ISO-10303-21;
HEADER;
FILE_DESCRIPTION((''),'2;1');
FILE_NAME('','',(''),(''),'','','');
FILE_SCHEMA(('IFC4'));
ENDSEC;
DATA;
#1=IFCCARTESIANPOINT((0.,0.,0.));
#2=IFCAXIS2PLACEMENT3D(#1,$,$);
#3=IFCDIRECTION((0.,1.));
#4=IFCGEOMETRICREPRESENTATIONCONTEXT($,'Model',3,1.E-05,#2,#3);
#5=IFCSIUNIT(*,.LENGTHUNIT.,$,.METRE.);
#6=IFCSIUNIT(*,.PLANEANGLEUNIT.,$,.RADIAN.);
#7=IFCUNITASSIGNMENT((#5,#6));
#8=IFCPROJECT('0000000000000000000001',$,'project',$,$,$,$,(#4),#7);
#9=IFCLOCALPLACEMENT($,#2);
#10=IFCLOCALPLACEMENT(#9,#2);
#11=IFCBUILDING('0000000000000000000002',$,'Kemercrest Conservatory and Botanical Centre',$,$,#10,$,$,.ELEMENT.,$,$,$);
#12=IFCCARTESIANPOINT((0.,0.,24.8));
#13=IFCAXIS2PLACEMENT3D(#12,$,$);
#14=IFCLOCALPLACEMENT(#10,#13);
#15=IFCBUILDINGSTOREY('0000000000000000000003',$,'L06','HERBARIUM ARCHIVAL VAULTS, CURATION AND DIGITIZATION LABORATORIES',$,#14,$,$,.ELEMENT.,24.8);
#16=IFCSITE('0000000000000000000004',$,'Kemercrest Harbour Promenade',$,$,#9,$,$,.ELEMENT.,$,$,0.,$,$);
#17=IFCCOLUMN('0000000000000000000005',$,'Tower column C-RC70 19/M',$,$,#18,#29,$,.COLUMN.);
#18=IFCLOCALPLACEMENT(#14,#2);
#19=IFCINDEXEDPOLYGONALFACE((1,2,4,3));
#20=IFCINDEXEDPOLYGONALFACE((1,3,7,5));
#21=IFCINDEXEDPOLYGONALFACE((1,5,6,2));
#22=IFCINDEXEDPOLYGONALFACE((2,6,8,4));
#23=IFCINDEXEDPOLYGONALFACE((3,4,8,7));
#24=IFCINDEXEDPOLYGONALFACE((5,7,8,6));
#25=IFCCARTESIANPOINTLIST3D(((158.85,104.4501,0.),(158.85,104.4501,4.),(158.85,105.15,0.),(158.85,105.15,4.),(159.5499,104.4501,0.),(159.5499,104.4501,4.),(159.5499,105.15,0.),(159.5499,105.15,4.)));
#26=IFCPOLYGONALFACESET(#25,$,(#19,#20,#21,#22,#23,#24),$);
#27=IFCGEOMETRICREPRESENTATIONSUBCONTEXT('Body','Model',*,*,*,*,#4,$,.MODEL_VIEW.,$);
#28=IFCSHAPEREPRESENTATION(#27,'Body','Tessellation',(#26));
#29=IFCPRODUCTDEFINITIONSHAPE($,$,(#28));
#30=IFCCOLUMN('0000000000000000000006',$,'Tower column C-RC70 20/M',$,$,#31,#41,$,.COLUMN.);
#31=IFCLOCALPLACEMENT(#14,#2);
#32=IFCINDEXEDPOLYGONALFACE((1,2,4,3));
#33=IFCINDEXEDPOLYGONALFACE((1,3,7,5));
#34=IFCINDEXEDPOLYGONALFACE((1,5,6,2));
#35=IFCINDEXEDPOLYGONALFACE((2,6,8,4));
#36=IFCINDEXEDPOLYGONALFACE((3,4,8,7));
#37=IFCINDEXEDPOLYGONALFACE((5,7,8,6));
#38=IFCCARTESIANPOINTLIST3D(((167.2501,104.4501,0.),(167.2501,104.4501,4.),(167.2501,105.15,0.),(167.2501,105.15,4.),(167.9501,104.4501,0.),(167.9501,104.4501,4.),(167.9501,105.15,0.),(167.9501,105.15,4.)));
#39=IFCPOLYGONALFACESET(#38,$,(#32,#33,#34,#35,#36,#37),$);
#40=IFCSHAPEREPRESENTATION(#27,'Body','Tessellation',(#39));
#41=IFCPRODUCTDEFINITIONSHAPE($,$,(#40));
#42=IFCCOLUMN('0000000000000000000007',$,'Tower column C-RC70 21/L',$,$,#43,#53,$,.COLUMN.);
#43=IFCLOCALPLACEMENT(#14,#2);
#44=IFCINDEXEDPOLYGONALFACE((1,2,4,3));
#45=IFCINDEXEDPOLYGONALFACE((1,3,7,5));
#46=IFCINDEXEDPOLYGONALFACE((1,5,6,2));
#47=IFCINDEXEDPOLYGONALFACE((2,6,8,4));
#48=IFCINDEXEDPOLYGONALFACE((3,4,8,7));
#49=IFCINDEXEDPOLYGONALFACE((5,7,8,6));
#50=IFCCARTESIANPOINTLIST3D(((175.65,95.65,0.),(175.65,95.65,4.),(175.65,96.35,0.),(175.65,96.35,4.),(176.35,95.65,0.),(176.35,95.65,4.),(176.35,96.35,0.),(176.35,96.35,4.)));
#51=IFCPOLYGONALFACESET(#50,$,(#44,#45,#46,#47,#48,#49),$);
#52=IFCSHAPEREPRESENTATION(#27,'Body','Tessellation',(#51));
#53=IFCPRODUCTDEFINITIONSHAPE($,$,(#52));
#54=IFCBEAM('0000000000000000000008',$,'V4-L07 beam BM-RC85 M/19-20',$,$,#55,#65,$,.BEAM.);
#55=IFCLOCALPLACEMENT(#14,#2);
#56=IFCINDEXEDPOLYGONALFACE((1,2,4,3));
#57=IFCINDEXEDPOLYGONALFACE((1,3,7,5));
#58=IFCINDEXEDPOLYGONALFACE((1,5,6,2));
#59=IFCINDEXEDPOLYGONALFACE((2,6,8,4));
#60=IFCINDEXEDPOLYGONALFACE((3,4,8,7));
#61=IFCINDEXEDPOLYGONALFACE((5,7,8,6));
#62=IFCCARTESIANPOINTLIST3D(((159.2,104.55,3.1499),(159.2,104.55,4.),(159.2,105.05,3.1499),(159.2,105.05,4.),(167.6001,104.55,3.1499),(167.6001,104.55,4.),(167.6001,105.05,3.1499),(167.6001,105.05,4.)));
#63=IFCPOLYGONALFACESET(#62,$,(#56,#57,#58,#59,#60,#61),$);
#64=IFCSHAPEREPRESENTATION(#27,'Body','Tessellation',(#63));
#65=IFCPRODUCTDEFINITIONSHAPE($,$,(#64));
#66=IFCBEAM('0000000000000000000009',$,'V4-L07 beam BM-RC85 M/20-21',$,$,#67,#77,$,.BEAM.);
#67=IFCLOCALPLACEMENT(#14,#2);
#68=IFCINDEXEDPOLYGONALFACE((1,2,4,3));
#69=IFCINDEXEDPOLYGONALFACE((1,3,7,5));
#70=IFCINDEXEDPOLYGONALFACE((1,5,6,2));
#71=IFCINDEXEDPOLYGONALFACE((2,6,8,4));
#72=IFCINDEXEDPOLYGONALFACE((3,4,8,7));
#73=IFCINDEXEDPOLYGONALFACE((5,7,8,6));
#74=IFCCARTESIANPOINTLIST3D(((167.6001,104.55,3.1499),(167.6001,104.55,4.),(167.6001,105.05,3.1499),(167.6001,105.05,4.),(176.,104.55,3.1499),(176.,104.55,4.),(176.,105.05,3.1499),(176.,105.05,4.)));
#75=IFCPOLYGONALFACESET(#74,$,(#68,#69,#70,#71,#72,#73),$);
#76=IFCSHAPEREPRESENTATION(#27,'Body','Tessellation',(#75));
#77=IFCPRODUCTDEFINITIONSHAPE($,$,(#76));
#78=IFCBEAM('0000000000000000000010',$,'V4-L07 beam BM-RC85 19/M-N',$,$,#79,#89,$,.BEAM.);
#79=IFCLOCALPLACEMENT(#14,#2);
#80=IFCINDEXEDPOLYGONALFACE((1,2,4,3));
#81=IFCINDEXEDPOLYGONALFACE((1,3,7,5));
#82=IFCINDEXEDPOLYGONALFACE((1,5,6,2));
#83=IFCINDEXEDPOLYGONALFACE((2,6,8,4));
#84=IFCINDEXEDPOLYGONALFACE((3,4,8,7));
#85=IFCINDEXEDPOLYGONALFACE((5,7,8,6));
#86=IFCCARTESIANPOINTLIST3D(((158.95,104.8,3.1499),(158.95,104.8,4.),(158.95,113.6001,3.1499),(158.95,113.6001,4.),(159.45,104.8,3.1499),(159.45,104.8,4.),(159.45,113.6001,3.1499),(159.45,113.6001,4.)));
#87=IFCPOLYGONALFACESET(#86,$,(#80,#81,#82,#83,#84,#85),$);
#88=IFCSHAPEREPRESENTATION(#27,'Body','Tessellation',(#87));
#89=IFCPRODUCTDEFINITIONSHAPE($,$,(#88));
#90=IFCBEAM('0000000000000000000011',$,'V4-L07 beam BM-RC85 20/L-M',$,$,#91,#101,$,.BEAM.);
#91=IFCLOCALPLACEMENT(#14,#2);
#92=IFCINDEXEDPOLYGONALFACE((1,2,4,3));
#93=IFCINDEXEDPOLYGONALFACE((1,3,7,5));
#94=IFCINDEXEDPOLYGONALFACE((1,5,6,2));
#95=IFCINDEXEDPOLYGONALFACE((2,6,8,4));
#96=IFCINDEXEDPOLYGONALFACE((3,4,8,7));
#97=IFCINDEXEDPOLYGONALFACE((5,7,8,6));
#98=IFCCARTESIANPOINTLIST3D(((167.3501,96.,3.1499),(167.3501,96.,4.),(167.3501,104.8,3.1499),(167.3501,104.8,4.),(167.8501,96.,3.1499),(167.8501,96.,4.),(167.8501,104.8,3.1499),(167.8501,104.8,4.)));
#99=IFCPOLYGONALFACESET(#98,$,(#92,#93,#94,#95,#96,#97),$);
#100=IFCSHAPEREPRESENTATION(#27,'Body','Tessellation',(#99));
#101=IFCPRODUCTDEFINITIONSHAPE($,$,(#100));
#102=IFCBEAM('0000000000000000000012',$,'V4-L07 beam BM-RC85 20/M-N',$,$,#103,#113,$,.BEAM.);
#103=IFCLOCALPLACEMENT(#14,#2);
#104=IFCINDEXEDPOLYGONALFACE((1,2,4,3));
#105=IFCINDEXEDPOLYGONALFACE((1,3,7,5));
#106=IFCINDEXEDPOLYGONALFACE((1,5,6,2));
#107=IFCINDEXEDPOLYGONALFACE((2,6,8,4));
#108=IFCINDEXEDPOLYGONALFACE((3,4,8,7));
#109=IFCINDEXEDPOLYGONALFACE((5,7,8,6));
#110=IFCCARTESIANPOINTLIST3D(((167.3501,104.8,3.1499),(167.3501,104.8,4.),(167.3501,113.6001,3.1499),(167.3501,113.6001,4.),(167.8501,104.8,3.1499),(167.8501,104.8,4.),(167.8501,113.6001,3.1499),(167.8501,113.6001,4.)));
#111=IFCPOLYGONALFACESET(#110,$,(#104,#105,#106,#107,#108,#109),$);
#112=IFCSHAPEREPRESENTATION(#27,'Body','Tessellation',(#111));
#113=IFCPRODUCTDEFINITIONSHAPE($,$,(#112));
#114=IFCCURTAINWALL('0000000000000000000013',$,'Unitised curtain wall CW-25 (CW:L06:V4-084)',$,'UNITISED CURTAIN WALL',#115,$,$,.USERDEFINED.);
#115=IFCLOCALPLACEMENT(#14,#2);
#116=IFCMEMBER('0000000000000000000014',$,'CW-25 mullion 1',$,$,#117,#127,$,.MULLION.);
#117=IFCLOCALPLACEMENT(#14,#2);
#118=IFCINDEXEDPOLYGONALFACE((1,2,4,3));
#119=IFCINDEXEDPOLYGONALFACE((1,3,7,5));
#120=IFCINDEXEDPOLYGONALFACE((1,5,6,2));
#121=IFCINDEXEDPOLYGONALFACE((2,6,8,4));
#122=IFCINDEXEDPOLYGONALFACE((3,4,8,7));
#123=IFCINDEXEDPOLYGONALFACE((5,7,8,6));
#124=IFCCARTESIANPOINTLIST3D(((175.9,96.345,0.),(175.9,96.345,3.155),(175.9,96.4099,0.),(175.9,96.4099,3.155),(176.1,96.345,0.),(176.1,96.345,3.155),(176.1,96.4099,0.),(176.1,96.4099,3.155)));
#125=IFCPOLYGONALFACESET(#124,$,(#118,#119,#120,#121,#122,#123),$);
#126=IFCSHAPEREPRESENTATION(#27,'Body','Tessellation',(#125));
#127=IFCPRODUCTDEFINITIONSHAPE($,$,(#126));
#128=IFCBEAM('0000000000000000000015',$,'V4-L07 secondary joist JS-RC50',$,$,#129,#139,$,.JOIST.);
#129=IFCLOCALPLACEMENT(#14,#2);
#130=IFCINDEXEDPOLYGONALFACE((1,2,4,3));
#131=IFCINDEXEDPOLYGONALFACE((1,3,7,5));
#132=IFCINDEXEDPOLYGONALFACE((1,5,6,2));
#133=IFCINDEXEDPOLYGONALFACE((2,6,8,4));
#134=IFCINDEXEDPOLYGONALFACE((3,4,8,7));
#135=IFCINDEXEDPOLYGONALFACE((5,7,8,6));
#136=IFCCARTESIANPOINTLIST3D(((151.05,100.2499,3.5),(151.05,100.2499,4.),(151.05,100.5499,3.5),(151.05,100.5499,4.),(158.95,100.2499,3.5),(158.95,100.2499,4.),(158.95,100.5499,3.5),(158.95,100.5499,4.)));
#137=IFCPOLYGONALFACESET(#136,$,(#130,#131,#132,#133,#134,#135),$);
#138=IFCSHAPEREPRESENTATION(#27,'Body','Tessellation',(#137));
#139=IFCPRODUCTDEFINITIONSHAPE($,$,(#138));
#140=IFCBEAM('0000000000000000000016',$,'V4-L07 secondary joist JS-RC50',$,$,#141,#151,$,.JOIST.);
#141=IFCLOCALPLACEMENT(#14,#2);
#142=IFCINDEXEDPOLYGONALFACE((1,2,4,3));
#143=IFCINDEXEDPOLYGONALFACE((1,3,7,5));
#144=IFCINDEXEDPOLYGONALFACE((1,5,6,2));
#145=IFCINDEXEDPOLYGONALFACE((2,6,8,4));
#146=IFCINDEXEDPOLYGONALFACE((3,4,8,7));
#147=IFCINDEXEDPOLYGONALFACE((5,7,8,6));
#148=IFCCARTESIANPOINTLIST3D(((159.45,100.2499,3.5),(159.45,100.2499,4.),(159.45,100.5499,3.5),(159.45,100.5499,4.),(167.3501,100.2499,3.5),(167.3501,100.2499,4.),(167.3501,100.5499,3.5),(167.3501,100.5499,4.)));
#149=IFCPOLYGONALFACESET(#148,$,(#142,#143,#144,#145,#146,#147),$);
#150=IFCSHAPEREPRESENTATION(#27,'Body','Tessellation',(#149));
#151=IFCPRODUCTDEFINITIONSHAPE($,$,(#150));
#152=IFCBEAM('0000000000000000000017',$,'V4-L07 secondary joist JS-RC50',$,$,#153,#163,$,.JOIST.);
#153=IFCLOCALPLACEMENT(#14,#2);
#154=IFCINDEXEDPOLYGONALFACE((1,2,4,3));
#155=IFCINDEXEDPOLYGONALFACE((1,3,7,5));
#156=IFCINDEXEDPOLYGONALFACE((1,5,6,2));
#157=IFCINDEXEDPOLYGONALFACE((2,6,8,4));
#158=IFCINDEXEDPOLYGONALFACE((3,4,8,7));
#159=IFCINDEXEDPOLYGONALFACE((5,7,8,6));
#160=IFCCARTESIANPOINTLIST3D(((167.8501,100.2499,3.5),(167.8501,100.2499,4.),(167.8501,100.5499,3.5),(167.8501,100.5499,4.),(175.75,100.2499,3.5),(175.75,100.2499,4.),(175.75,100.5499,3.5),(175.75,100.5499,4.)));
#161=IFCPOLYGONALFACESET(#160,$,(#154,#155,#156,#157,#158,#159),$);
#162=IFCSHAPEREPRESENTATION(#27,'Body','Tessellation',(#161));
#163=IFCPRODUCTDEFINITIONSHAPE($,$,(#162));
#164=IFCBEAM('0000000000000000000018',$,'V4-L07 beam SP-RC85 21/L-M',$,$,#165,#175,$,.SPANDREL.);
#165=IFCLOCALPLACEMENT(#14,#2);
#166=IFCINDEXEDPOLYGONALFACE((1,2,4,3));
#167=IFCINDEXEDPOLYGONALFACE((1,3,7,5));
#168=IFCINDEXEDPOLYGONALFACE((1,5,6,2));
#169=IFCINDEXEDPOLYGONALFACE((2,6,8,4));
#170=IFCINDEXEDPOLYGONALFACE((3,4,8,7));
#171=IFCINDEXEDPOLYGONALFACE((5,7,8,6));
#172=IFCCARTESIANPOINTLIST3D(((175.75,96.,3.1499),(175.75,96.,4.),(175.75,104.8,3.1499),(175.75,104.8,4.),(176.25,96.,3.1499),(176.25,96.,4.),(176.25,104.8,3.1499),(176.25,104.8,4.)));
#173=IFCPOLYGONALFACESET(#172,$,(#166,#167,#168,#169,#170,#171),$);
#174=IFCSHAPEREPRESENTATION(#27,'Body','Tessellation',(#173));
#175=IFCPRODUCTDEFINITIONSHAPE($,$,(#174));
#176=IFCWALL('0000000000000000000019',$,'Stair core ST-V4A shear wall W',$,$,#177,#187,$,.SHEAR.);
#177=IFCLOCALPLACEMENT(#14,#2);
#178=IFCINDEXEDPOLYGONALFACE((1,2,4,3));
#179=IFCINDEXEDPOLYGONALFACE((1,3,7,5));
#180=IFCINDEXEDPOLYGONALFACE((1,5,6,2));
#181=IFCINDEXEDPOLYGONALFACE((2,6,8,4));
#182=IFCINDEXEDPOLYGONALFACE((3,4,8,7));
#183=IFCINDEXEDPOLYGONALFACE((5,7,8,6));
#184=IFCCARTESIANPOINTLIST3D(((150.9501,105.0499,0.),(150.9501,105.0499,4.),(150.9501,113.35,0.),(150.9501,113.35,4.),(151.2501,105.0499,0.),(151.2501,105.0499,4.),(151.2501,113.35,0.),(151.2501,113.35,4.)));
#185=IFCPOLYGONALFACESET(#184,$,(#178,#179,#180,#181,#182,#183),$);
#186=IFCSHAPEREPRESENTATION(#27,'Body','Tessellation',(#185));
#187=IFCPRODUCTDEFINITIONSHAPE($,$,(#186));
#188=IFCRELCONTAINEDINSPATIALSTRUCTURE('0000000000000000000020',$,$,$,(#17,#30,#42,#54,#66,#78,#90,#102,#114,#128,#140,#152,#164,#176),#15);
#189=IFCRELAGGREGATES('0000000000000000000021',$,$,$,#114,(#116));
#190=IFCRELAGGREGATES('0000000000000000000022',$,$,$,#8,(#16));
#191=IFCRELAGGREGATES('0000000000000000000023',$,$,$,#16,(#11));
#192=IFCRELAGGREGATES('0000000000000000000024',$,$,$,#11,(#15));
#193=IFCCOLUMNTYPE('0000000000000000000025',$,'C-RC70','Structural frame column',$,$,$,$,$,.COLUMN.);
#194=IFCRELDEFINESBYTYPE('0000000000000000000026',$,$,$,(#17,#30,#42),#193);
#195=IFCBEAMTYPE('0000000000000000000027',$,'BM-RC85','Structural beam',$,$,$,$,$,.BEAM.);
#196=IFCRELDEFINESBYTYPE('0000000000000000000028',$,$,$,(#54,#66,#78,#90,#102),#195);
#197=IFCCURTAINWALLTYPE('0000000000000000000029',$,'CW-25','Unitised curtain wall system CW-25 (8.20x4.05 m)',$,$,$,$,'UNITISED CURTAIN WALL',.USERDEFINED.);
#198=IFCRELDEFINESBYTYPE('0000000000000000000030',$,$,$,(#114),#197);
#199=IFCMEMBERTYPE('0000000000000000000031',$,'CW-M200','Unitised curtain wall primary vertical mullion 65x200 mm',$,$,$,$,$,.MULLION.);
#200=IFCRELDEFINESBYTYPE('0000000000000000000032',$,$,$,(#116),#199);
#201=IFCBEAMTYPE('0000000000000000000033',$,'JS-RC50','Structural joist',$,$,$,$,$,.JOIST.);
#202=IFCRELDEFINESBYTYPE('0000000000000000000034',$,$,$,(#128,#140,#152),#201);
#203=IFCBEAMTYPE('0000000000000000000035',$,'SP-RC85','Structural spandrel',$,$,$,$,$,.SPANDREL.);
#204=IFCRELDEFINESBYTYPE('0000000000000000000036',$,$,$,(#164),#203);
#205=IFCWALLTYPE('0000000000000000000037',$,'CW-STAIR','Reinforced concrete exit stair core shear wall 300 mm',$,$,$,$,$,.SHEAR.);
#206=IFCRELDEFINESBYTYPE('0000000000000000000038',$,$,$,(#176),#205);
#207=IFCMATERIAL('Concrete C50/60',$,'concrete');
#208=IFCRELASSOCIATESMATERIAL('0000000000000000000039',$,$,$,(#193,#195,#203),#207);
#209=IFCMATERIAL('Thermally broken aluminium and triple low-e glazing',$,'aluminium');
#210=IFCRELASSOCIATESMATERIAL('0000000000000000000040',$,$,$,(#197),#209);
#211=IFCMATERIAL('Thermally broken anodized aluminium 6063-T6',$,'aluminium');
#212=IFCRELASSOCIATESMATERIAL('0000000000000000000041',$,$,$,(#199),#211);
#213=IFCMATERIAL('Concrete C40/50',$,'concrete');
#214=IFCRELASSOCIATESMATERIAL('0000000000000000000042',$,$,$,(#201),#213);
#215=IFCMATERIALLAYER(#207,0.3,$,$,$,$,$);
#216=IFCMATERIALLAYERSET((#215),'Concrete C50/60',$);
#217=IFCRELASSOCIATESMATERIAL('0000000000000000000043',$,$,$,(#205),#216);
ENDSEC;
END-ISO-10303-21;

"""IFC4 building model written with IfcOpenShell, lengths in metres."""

from ifc_helpers import new_model, si_unit, direction, frame, frame_2d, origin, origin_2d, place, context, subcontext, project, spatial, rectangle, extrude, material, layer, layer_set, material_profile, profile_set, type_object, element, aggregate, save


model = new_model("IFC4")

# Units and contexts
model_context = context("Model", 3, precision=1e-05, world=origin(), true_north=direction((0.0, 1.0)))
body_context = subcontext(model_context, "Body", "Model", "MODEL_VIEW")
ifc_project = project(units=[si_unit("LENGTHUNIT", "METRE"), si_unit("PLANEANGLEUNIT", "RADIAN")], contexts=[model_context])

# Site, building, storey
site_placement = place(None, origin())
site = spatial("IfcSite", under=ifc_project, at=site_placement, Name="Kemercrest Harbour Promenade", CompositionType="ELEMENT", RefElevation=0.0)
building_placement = place(site_placement, origin())
building = spatial("IfcBuilding", under=site, at=building_placement, Name="Kemercrest Conservatory and Botanical Centre", CompositionType="ELEMENT")
storey_placement = place(building_placement, frame((0.0, 0.0, 24.8)))
storey = spatial("IfcBuildingStorey", under=building, at=storey_placement, Name="L06", Description="HERBARIUM ARCHIVAL VAULTS, CURATION AND DIGITIZATION LABORATORIES", CompositionType="ELEMENT", Elevation=24.8)

# Columns
ifc_material_1 = material(Name="Concrete C50/60", Category="concrete")
ifc_material_profile_1 = material_profile(ifc_material_1, rectangle(XDim=0.7, YDim=0.7, at=origin_2d()), Name="RC 700x700")
ifc_profile_set_1 = profile_set([ifc_material_profile_1], Name="Concrete C50/60")
column_type = type_object("IfcColumnType", Name="C-RC70", Description="Structural frame column", PredefinedType="COLUMN", material=ifc_profile_set_1)
for number, where, z_axis, x_axis, name in (
    (1, (159.2, 104.8, 0.0), (0.0, 0.0, 1.0), (1.0, 0.0, 0.0), "Tower column C-RC70 19/M"),
    (2, (167.6001, 104.8, 0.0), (0.0, 0.0, 1.0), (1.0, 0.0, 0.0), "Tower column C-RC70 20/M"),
    (3, (176.0, 96.0, 0.0), (0.0, 0.0, 1.0), (1.0, 0.0, 0.0), "Tower column C-RC70 21/L"),
):
    element("IfcColumn", number, at=place(storey_placement, frame(where, z_axis=z_axis, x_axis=x_axis)), inside=storey, type_object=column_type, Name=name, PredefinedType="COLUMN", context=body_context, shape_type="SweptSolid", body=[
        extrude(rectangle(XDim=0.7, YDim=0.7, at=origin_2d()), origin(), (0.0, 0.0, 1.0), 4.0),
    ])

# Beams
ifc_material_profile_2 = material_profile(ifc_material_1, rectangle(XDim=0.5, YDim=0.8501, at=origin_2d()), Name="RC 500x850")
ifc_profile_set_2 = profile_set([ifc_material_profile_2], Name="Concrete C50/60")
beam_type_1 = type_object("IfcBeamType", Name="BM-RC85", Description="Structural beam", PredefinedType="BEAM", material=ifc_profile_set_2)
beam_1_placement = place(storey_placement, frame((159.2, 104.8, 3.575), z_axis=(1.0, 0.0, 0.0), x_axis=(0.0, 1.0, 0.0)))
element("IfcBeam", 4, at=beam_1_placement, inside=storey, type_object=beam_type_1, Name="V4-L07 beam BM-RC85 M/19-20", PredefinedType="BEAM", context=body_context, shape_type="SweptSolid", body=[
    extrude(rectangle(XDim=0.5, YDim=0.8501, at=origin_2d()), origin(), (0.0, 0.0, 1.0), 8.4001),
])
beam_2_placement = place(storey_placement, frame((167.6001, 104.8, 3.575), z_axis=(1.0, 0.0, 0.0), x_axis=(0.0, 1.0, 0.0)))
element("IfcBeam", 5, at=beam_2_placement, inside=storey, type_object=beam_type_1, Name="V4-L07 beam BM-RC85 M/20-21", PredefinedType="BEAM", context=body_context, shape_type="SweptSolid", body=[
    extrude(rectangle(XDim=0.5, YDim=0.8501, at=origin_2d()), origin(), (0.0, 0.0, 1.0), 8.3999),
])
for number, where, z_axis, x_axis, name in (
    (6, (159.2, 104.8, 3.575), (0.0, 1.0, 0.0), (-1.0, 0.0, 0.0), "V4-L07 beam BM-RC85 19/M-N"),
    (7, (167.6001, 96.0, 3.575), (0.0, 1.0, 0.0), (-1.0, 0.0, 0.0), "V4-L07 beam BM-RC85 20/L-M"),
    (8, (167.6001, 104.8, 3.575), (0.0, 1.0, 0.0), (-1.0, 0.0, 0.0), "V4-L07 beam BM-RC85 20/M-N"),
):
    element("IfcBeam", number, at=place(storey_placement, frame(where, z_axis=z_axis, x_axis=x_axis)), inside=storey, type_object=beam_type_1, Name=name, PredefinedType="BEAM", context=body_context, shape_type="SweptSolid", body=[
        extrude(rectangle(XDim=0.5, YDim=0.8501, at=origin_2d()), origin(), (0.0, 0.0, 1.0), 8.8),
    ])

# Curtain wall, member
ifc_material_2 = material(Name="Thermally broken aluminium and triple low-e glazing", Category="aluminium")
curtain_wall_type = type_object("IfcCurtainWallType", Name="CW-25", Description="Unitised curtain wall system CW-25 (8.20x4.05 m)", ElementType="UNITISED CURTAIN WALL", PredefinedType="USERDEFINED", material=ifc_material_2)
curtain_wall_placement = place(storey_placement, origin())
curtain_wall = element("IfcCurtainWall", 9, at=curtain_wall_placement, inside=storey, type_object=curtain_wall_type, Name="Unitised curtain wall CW-25 (CW:L06:V4-084)", ObjectType="UNITISED CURTAIN WALL", PredefinedType="USERDEFINED")
ifc_material_3 = material(Name="Thermally broken anodized aluminium 6063-T6", Category="aluminium")
ifc_material_profile_3 = material_profile(ifc_material_3, rectangle(XDim=0.2, YDim=0.0649, at=origin_2d()), Name="AL MULLION 65x200")
ifc_profile_set_3 = profile_set([ifc_material_profile_3], Name="Thermally broken anodized aluminium 6063-T6")
member_type = type_object("IfcMemberType", Name="CW-M200", Description="Unitised curtain wall primary vertical mullion 65x200 mm", PredefinedType="MULLION", material=ifc_profile_set_3)
member_placement = place(storey_placement, frame((176.0, 96.3774, 0.0), z_axis=(0.0, 0.0, 1.0), x_axis=(-1.0, 0.0, 0.0)))
member = element("IfcMember", 10, at=member_placement, type_object=member_type, Name="CW-25 mullion 1", PredefinedType="MULLION", context=body_context, shape_type="SweptSolid", body=[
    extrude(rectangle(XDim=0.2, YDim=0.0649, at=origin_2d()), origin(), (0.0, 0.0, 1.0), 3.155),
])
aggregate(curtain_wall, [member])

# Beams
ifc_material_4 = material(Name="Concrete C40/50", Category="concrete")
ifc_material_profile_4 = material_profile(ifc_material_4, rectangle(XDim=0.3, YDim=0.5, at=origin_2d()), Name="RC 300x500")
ifc_profile_set_4 = profile_set([ifc_material_profile_4], Name="Concrete C40/50")
beam_type_2 = type_object("IfcBeamType", Name="JS-RC50", Description="Structural joist", PredefinedType="JOIST", material=ifc_profile_set_4)
beam_3_placement = place(storey_placement, frame((151.05, 100.3999, 3.75), z_axis=(1.0, 0.0, 0.0), x_axis=(0.0, 1.0, 0.0)))
element("IfcBeam", 11, at=beam_3_placement, inside=storey, type_object=beam_type_2, Name="V4-L07 secondary joist JS-RC50", PredefinedType="JOIST", context=body_context, shape_type="SweptSolid", body=[
    extrude(rectangle(XDim=0.3, YDim=0.5, at=origin_2d()), origin(), (0.0, 0.0, 1.0), 7.8999),
])
beam_4_placement = place(storey_placement, frame((159.45, 100.3999, 3.75), z_axis=(1.0, 0.0, 0.0), x_axis=(0.0, 1.0, 0.0)))
element("IfcBeam", 12, at=beam_4_placement, inside=storey, type_object=beam_type_2, Name="V4-L07 secondary joist JS-RC50", PredefinedType="JOIST", context=body_context, shape_type="SweptSolid", body=[
    extrude(rectangle(XDim=0.3, YDim=0.5, at=origin_2d()), origin(), (0.0, 0.0, 1.0), 7.9001),
])
beam_5_placement = place(storey_placement, frame((167.8501, 100.3999, 3.75), z_axis=(1.0, 0.0, 0.0), x_axis=(0.0, 1.0, 0.0)))
element("IfcBeam", 13, at=beam_5_placement, inside=storey, type_object=beam_type_2, Name="V4-L07 secondary joist JS-RC50", PredefinedType="JOIST", context=body_context, shape_type="SweptSolid", body=[
    extrude(rectangle(XDim=0.3, YDim=0.5, at=origin_2d()), origin(), (0.0, 0.0, 1.0), 7.8999),
])
ifc_material_profile_5 = material_profile(ifc_material_1, rectangle(XDim=0.5, YDim=0.8501, at=origin_2d()), Name="RC 500x850")
ifc_profile_set_5 = profile_set([ifc_material_profile_5], Name="Concrete C50/60")
beam_type_3 = type_object("IfcBeamType", Name="SP-RC85", Description="Structural spandrel", PredefinedType="SPANDREL", material=ifc_profile_set_5)
beam_6_placement = place(storey_placement, frame((176.0, 96.0, 3.575), z_axis=(0.0, 1.0, 0.0), x_axis=(-1.0, 0.0, 0.0)))
element("IfcBeam", 14, at=beam_6_placement, inside=storey, type_object=beam_type_3, Name="V4-L07 beam SP-RC85 21/L-M", PredefinedType="SPANDREL", context=body_context, shape_type="SweptSolid", body=[
    extrude(rectangle(XDim=0.5, YDim=0.8501, at=origin_2d()), origin(), (0.0, 0.0, 1.0), 8.8),
])

# Wall
ifc_layer_1 = layer(ifc_material_1, 0.3)
ifc_layer_set_1 = layer_set([ifc_layer_1], Name="Concrete C50/60")
wall_type_1 = type_object("IfcWallType", Name="CW-STAIR", Description="Reinforced concrete exit stair core shear wall 300 mm", PredefinedType="SHEAR", material=ifc_layer_set_1)
wall_1_placement = place(storey_placement, frame((151.1001, 105.05, 0.0), z_axis=(0.0, 0.0, 1.0), x_axis=(0.0, 1.0, 0.0)))
element("IfcWall", 15, at=wall_1_placement, inside=storey, type_object=wall_type_1, Name="Stair core ST-V4A shear wall W", PredefinedType="SHEAR", context=body_context, shape_type="SweptSolid", body=[
    extrude(rectangle(XDim=8.3, YDim=0.3, at=frame_2d((4.1499, 0.0))), origin(), (0.0, 0.0, 1.0), 4.0),
])

save(model, "model.ifc")
